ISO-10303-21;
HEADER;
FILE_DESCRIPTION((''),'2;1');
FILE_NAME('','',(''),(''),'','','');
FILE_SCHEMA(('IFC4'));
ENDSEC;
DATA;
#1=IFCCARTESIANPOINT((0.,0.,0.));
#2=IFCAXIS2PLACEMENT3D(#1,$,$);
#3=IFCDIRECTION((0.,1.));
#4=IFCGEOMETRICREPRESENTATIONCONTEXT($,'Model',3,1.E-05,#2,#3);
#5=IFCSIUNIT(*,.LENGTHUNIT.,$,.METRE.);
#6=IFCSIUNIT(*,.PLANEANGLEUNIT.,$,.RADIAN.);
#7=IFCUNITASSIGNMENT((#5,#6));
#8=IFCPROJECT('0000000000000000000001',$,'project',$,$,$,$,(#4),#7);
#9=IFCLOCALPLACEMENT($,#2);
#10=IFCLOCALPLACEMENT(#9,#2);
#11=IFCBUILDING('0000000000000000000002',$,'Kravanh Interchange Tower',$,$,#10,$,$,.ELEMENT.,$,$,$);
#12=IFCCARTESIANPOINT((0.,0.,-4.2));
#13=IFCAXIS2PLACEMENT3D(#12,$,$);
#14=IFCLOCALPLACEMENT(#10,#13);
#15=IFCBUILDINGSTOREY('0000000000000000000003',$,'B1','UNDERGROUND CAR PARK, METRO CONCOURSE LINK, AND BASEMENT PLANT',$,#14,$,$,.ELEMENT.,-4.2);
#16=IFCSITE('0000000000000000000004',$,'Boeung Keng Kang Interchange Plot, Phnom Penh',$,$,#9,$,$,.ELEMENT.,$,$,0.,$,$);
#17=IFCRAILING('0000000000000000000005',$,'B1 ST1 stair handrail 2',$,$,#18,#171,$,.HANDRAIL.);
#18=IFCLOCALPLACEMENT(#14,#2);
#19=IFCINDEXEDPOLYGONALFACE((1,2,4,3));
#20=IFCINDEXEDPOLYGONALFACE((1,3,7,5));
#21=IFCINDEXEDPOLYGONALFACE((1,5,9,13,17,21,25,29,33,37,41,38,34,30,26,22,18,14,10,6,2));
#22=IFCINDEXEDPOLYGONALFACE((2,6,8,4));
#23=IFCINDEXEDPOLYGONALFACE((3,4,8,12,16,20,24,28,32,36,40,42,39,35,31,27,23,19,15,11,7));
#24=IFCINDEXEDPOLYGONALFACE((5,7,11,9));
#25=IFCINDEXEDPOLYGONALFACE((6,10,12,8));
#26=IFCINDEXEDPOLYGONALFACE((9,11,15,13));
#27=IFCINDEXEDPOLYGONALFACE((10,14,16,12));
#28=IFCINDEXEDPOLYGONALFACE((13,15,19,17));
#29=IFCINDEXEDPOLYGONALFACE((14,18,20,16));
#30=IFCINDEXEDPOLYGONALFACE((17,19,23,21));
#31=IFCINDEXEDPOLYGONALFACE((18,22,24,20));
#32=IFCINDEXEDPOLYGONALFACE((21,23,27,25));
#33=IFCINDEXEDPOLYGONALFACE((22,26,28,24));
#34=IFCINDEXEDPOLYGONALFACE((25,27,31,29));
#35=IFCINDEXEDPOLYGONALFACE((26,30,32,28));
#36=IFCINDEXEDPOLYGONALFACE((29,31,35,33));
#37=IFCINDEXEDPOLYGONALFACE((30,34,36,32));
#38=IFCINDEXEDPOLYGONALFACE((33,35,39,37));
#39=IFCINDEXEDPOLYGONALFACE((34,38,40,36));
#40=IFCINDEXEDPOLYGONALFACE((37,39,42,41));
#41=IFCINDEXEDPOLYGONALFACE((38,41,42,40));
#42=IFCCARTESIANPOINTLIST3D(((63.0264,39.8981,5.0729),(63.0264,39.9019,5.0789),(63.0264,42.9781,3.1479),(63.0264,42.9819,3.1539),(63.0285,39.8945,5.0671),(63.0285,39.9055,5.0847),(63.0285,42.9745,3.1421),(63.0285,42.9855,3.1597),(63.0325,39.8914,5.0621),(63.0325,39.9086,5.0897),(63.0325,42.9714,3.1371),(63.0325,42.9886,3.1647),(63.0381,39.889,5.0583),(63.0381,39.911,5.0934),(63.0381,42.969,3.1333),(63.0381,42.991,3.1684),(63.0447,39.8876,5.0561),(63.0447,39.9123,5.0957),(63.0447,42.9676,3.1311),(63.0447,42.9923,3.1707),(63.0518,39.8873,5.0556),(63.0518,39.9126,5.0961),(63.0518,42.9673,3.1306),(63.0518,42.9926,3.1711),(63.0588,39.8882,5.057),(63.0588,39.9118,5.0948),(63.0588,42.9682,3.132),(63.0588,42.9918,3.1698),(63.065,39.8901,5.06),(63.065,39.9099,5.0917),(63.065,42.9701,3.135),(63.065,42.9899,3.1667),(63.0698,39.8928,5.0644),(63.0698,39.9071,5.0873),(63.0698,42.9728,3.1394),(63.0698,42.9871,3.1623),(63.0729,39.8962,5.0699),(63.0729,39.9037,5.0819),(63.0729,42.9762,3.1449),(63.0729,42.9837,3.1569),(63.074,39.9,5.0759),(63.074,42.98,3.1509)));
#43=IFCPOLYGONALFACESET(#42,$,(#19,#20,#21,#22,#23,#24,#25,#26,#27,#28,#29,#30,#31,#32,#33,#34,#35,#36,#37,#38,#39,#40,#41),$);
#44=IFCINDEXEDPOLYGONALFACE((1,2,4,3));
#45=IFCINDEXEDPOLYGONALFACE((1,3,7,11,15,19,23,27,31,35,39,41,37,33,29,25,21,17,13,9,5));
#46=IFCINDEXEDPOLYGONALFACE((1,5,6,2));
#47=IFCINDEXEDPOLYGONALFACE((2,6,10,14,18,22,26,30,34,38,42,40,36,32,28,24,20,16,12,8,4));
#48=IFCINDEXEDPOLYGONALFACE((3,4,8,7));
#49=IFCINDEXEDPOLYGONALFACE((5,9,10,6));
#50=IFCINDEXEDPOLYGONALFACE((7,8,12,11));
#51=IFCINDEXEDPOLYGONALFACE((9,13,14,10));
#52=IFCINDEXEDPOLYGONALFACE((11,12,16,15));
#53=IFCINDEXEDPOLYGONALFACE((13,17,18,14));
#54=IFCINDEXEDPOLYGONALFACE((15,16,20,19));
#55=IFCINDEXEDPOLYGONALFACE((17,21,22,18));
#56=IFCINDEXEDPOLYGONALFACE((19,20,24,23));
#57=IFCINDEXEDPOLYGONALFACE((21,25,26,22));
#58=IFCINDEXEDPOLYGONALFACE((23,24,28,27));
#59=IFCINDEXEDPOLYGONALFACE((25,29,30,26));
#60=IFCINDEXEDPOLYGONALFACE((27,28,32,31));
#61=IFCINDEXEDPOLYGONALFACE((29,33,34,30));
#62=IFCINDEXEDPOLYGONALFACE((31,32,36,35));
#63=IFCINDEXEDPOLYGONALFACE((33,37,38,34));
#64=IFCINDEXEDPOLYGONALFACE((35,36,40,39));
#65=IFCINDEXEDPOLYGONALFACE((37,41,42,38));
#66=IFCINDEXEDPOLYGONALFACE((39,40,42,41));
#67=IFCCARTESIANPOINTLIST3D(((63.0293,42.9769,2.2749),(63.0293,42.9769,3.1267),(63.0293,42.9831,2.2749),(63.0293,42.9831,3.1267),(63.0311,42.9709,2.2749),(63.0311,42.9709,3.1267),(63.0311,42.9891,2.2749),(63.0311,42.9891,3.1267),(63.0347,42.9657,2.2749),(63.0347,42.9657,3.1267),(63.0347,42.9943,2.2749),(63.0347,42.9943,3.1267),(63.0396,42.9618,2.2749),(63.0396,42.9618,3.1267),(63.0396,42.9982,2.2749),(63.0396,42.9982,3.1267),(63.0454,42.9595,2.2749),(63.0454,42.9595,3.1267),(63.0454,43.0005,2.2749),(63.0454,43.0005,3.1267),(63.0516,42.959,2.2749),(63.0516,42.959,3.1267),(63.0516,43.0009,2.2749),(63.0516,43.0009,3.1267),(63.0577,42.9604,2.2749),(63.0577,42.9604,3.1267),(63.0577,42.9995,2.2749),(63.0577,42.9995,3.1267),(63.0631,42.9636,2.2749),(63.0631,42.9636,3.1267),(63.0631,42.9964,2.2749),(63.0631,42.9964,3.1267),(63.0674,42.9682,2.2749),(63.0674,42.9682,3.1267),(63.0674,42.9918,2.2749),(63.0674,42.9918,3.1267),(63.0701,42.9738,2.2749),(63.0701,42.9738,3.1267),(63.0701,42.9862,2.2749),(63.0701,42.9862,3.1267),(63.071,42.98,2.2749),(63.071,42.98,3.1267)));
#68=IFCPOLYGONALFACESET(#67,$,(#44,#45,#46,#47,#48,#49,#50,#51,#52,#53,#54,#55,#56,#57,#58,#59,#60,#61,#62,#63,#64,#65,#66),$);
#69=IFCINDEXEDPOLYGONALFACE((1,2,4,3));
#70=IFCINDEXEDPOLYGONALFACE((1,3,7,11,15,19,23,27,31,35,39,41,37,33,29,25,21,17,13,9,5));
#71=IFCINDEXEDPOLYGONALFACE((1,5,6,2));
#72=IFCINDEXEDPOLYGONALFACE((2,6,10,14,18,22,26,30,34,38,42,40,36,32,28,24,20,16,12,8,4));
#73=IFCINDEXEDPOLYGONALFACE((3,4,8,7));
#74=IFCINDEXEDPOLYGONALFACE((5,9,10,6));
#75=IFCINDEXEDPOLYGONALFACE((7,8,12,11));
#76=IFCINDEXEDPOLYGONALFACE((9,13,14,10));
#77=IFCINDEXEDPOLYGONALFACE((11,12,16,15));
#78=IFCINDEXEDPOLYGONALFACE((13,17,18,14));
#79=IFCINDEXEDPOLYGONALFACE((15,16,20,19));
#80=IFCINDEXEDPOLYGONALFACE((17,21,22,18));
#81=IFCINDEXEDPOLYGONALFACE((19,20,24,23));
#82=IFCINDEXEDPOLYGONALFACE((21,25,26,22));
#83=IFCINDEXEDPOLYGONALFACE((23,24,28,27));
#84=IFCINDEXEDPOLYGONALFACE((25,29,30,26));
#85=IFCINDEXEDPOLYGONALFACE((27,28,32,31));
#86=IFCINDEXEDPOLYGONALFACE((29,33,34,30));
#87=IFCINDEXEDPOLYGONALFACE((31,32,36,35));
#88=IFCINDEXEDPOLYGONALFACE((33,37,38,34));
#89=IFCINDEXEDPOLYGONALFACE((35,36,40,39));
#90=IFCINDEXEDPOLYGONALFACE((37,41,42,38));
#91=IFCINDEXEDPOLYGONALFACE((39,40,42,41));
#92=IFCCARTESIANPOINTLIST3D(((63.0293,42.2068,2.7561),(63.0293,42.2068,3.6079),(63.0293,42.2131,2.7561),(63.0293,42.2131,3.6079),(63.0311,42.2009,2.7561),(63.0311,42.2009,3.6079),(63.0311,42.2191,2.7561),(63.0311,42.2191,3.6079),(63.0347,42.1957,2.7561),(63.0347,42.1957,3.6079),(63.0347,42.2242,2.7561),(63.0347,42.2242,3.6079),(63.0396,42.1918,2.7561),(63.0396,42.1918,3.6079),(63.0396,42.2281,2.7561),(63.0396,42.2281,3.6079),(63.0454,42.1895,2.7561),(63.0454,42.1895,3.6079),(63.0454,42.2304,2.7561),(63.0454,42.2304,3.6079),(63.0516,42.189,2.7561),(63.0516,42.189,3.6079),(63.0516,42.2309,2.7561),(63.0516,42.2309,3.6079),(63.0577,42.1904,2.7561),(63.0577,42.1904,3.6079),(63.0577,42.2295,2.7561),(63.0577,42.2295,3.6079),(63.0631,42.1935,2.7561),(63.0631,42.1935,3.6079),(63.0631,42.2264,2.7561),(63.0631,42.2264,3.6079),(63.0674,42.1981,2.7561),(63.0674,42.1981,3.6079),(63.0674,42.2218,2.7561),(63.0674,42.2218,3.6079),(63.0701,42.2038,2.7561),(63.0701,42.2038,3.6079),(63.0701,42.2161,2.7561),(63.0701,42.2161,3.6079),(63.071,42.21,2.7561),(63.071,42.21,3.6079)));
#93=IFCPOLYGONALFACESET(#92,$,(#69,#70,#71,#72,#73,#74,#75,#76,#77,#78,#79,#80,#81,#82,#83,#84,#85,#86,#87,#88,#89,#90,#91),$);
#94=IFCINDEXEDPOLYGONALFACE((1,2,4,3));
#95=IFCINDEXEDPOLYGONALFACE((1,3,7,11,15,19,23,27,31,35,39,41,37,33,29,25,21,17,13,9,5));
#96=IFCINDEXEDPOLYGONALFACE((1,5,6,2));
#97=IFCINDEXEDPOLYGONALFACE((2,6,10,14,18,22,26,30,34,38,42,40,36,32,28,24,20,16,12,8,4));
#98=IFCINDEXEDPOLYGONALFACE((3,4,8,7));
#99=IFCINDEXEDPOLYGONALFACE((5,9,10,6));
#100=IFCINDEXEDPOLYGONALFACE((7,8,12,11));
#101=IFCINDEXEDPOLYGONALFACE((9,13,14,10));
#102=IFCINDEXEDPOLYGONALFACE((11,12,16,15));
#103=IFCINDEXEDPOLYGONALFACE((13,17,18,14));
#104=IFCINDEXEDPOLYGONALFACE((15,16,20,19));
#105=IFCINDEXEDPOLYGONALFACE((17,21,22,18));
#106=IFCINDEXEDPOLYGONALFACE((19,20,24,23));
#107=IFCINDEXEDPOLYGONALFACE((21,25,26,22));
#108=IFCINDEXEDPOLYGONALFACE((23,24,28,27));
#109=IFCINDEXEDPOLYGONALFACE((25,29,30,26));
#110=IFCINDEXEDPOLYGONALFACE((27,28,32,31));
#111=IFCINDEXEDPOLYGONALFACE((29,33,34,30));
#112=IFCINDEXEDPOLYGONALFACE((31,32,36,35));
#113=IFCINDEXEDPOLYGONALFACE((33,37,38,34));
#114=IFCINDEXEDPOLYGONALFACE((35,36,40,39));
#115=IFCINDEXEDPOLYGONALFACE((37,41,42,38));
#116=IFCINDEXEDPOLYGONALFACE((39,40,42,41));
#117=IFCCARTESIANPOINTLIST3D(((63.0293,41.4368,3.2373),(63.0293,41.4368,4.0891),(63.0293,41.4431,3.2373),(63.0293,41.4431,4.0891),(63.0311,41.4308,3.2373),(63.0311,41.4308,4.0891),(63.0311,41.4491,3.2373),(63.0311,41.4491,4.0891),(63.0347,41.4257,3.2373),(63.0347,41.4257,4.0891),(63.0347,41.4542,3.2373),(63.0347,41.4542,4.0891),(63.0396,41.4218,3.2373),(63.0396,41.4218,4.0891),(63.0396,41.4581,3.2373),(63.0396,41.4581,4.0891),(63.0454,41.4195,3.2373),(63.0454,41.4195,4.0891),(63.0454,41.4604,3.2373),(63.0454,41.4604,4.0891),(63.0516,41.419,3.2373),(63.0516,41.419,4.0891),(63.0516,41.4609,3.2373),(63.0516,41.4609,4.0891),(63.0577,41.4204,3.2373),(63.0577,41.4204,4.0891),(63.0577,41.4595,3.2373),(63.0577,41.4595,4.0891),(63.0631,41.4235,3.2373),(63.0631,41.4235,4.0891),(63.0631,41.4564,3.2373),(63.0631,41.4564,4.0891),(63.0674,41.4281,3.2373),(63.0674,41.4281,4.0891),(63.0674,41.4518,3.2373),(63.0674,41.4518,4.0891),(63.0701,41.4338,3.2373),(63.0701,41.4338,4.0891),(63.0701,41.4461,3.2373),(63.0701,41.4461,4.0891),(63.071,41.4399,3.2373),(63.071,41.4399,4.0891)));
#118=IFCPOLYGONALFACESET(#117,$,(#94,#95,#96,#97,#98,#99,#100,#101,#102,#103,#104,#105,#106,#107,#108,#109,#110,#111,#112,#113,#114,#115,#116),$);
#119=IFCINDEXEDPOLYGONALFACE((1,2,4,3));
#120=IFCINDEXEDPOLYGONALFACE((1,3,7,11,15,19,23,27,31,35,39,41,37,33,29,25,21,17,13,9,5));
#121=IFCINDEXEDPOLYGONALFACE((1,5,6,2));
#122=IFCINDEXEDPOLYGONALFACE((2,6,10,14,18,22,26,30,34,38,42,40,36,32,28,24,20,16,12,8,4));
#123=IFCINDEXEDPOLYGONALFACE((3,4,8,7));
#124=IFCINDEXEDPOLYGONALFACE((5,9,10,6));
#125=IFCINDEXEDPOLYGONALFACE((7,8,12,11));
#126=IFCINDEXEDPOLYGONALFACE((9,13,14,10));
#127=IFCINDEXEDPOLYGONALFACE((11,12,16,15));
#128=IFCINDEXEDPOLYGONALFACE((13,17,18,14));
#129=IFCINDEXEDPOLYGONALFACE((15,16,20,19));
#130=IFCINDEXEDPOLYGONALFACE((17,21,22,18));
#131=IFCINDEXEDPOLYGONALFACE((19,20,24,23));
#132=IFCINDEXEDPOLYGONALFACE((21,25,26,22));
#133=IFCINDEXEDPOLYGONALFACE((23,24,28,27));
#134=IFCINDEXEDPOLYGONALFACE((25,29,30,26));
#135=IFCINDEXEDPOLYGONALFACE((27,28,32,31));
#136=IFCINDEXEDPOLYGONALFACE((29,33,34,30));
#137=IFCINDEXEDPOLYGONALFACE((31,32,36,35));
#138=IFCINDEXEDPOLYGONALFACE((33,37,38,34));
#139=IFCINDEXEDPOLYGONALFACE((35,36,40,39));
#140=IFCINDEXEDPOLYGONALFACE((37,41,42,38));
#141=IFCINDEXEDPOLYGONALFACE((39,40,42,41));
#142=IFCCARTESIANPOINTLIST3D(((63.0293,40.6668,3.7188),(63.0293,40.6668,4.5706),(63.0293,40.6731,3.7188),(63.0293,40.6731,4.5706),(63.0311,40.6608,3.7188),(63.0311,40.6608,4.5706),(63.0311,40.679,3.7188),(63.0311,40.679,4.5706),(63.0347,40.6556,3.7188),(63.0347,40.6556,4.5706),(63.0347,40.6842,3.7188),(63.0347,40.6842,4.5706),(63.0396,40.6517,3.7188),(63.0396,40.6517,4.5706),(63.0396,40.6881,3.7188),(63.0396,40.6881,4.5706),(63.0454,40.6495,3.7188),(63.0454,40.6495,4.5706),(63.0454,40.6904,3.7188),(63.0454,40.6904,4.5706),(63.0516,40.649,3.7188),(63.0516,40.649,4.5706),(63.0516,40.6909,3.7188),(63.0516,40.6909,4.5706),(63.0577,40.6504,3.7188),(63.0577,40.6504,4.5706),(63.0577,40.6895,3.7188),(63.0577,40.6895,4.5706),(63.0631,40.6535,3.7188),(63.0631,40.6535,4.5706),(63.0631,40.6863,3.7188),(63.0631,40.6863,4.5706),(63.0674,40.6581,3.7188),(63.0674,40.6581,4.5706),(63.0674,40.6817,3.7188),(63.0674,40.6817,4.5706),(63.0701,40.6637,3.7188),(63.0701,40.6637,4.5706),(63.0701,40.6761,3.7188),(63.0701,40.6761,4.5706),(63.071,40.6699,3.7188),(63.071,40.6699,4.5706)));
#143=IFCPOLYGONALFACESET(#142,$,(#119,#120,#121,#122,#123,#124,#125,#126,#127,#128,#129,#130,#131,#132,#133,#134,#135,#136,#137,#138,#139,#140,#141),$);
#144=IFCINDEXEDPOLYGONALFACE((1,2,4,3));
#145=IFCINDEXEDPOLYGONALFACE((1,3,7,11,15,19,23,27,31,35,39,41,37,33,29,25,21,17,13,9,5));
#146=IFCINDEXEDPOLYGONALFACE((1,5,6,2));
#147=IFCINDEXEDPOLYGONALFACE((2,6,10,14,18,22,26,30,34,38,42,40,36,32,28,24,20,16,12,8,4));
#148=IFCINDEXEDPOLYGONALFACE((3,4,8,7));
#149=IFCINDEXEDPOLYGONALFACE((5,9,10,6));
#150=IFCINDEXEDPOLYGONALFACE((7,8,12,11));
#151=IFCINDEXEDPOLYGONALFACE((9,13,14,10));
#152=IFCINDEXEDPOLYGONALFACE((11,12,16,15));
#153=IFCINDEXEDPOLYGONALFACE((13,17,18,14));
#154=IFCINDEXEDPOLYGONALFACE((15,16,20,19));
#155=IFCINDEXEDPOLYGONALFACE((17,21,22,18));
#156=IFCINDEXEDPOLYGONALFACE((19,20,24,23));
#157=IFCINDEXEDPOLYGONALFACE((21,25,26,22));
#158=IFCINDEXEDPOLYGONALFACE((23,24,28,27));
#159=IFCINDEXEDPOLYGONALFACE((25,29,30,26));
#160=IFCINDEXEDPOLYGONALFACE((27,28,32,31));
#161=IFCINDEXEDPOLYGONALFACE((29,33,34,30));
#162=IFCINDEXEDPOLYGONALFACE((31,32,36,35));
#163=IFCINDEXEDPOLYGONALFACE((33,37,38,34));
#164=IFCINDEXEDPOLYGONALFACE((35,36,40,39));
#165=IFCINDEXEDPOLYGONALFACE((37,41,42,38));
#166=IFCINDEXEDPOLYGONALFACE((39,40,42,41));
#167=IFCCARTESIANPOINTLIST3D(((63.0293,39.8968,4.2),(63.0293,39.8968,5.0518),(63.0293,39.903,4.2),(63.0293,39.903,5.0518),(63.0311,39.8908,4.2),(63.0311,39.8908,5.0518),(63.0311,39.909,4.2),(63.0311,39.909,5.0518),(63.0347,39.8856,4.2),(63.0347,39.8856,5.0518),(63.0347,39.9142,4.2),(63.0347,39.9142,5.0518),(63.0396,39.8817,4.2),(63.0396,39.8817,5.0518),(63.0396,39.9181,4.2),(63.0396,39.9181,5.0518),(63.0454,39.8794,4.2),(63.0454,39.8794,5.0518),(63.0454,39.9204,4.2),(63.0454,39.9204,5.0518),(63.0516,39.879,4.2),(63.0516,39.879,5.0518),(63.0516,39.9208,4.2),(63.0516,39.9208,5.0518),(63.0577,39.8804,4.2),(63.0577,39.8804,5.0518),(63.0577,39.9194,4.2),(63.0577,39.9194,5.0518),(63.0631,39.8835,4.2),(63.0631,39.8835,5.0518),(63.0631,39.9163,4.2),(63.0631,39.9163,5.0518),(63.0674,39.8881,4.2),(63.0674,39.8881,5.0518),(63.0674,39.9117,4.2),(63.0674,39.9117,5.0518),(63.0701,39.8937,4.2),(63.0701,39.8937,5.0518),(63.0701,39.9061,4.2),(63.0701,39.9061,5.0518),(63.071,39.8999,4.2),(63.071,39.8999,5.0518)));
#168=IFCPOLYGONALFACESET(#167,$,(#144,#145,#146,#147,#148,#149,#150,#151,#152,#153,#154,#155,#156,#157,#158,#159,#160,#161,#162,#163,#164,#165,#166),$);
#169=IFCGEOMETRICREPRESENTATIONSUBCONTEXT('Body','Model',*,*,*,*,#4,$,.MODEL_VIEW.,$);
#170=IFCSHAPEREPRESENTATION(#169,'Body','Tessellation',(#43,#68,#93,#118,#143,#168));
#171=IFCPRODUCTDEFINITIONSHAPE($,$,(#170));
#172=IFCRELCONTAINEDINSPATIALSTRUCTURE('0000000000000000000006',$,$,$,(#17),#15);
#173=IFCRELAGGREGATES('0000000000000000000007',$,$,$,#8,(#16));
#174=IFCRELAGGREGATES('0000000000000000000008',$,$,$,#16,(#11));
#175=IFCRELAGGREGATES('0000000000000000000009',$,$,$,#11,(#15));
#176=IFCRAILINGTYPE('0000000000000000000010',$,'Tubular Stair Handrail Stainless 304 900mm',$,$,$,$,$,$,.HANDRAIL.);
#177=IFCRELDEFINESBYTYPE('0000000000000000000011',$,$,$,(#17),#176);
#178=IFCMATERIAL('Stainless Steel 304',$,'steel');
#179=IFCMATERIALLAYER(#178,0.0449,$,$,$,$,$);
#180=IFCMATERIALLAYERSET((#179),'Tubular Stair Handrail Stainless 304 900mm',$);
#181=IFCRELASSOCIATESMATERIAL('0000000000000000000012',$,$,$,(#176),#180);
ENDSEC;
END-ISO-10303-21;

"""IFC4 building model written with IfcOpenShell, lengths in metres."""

from ifc_helpers import new_model, si_unit, direction, frame, origin, origin_2d, place, context, subcontext, project, spatial, circle, extrude, material, layer, layer_set, type_object, element, save


model = new_model("IFC4")

# Units and contexts
model_context = context("Model", 3, precision=1e-05, world=origin(), true_north=direction((0.0, 1.0)))
body_context = subcontext(model_context, "Body", "Model", "MODEL_VIEW")
ifc_project = project(units=[si_unit("LENGTHUNIT", "METRE"), si_unit("PLANEANGLEUNIT", "RADIAN")], contexts=[model_context])

# Site, building, storey
site_placement = place(None, origin())
site = spatial("IfcSite", under=ifc_project, at=site_placement, Name="Boeung Keng Kang Interchange Plot, Phnom Penh", CompositionType="ELEMENT", RefElevation=0.0)
building_placement = place(site_placement, origin())
building = spatial("IfcBuilding", under=site, at=building_placement, Name="Kravanh Interchange Tower", CompositionType="ELEMENT")
storey_placement = place(building_placement, frame((0.0, 0.0, -4.2)))
storey = spatial("IfcBuildingStorey", under=building, at=storey_placement, Name="B1", Description="UNDERGROUND CAR PARK, METRO CONCOURSE LINK, AND BASEMENT PLANT", CompositionType="ELEMENT", Elevation=-4.2)

# Railing
ifc_material_1 = material(Name="Stainless Steel 304", Category="steel")
ifc_layer_1 = layer(ifc_material_1, 0.0449)
ifc_layer_set_1 = layer_set([ifc_layer_1], Name="Tubular Stair Handrail Stainless 304 900mm")
railing_type_1 = type_object("IfcRailingType", Name="Tubular Stair Handrail Stainless 304 900mm", PredefinedType="HANDRAIL", material=ifc_layer_set_1)
railing_1_placement = place(storey_placement, frame((63.05, 42.98, 2.2749)))
element("IfcRailing", 1, at=railing_1_placement, inside=storey, type_object=railing_type_1, Name="B1 ST1 stair handrail 2", PredefinedType="HANDRAIL", context=body_context, shape_type="SweptSolid", body=[
    extrude(circle(Radius=0.0239, at=origin_2d()), frame((0.0, 0.0, 0.876), z_axis=(0.0, -0.847998, 0.529999), x_axis=(1.0, 0.0, 0.0)), (0.0, 0.0, 1.0), 3.6321),
    extrude(circle(Radius=0.021, at=origin_2d()), origin(), (0.0, 0.0, 1.0), 0.8518),
    extrude(circle(Radius=0.021, at=origin_2d()), frame((0.0, -0.77, 0.4812)), (0.0, 0.0, 1.0), 0.8518),
    extrude(circle(Radius=0.021, at=origin_2d()), frame((0.0, -1.54, 0.9624)), (0.0, 0.0, 1.0), 0.8518),
    extrude(circle(Radius=0.021, at=origin_2d()), frame((0.0, -2.3101, 1.4438)), (0.0, 0.0, 1.0), 0.8518),
    extrude(circle(Radius=0.021, at=origin_2d()), frame((0.0, -3.0801, 1.925)), (0.0, 0.0, 1.0), 0.8518),
])

save(model, "model.ifc")
